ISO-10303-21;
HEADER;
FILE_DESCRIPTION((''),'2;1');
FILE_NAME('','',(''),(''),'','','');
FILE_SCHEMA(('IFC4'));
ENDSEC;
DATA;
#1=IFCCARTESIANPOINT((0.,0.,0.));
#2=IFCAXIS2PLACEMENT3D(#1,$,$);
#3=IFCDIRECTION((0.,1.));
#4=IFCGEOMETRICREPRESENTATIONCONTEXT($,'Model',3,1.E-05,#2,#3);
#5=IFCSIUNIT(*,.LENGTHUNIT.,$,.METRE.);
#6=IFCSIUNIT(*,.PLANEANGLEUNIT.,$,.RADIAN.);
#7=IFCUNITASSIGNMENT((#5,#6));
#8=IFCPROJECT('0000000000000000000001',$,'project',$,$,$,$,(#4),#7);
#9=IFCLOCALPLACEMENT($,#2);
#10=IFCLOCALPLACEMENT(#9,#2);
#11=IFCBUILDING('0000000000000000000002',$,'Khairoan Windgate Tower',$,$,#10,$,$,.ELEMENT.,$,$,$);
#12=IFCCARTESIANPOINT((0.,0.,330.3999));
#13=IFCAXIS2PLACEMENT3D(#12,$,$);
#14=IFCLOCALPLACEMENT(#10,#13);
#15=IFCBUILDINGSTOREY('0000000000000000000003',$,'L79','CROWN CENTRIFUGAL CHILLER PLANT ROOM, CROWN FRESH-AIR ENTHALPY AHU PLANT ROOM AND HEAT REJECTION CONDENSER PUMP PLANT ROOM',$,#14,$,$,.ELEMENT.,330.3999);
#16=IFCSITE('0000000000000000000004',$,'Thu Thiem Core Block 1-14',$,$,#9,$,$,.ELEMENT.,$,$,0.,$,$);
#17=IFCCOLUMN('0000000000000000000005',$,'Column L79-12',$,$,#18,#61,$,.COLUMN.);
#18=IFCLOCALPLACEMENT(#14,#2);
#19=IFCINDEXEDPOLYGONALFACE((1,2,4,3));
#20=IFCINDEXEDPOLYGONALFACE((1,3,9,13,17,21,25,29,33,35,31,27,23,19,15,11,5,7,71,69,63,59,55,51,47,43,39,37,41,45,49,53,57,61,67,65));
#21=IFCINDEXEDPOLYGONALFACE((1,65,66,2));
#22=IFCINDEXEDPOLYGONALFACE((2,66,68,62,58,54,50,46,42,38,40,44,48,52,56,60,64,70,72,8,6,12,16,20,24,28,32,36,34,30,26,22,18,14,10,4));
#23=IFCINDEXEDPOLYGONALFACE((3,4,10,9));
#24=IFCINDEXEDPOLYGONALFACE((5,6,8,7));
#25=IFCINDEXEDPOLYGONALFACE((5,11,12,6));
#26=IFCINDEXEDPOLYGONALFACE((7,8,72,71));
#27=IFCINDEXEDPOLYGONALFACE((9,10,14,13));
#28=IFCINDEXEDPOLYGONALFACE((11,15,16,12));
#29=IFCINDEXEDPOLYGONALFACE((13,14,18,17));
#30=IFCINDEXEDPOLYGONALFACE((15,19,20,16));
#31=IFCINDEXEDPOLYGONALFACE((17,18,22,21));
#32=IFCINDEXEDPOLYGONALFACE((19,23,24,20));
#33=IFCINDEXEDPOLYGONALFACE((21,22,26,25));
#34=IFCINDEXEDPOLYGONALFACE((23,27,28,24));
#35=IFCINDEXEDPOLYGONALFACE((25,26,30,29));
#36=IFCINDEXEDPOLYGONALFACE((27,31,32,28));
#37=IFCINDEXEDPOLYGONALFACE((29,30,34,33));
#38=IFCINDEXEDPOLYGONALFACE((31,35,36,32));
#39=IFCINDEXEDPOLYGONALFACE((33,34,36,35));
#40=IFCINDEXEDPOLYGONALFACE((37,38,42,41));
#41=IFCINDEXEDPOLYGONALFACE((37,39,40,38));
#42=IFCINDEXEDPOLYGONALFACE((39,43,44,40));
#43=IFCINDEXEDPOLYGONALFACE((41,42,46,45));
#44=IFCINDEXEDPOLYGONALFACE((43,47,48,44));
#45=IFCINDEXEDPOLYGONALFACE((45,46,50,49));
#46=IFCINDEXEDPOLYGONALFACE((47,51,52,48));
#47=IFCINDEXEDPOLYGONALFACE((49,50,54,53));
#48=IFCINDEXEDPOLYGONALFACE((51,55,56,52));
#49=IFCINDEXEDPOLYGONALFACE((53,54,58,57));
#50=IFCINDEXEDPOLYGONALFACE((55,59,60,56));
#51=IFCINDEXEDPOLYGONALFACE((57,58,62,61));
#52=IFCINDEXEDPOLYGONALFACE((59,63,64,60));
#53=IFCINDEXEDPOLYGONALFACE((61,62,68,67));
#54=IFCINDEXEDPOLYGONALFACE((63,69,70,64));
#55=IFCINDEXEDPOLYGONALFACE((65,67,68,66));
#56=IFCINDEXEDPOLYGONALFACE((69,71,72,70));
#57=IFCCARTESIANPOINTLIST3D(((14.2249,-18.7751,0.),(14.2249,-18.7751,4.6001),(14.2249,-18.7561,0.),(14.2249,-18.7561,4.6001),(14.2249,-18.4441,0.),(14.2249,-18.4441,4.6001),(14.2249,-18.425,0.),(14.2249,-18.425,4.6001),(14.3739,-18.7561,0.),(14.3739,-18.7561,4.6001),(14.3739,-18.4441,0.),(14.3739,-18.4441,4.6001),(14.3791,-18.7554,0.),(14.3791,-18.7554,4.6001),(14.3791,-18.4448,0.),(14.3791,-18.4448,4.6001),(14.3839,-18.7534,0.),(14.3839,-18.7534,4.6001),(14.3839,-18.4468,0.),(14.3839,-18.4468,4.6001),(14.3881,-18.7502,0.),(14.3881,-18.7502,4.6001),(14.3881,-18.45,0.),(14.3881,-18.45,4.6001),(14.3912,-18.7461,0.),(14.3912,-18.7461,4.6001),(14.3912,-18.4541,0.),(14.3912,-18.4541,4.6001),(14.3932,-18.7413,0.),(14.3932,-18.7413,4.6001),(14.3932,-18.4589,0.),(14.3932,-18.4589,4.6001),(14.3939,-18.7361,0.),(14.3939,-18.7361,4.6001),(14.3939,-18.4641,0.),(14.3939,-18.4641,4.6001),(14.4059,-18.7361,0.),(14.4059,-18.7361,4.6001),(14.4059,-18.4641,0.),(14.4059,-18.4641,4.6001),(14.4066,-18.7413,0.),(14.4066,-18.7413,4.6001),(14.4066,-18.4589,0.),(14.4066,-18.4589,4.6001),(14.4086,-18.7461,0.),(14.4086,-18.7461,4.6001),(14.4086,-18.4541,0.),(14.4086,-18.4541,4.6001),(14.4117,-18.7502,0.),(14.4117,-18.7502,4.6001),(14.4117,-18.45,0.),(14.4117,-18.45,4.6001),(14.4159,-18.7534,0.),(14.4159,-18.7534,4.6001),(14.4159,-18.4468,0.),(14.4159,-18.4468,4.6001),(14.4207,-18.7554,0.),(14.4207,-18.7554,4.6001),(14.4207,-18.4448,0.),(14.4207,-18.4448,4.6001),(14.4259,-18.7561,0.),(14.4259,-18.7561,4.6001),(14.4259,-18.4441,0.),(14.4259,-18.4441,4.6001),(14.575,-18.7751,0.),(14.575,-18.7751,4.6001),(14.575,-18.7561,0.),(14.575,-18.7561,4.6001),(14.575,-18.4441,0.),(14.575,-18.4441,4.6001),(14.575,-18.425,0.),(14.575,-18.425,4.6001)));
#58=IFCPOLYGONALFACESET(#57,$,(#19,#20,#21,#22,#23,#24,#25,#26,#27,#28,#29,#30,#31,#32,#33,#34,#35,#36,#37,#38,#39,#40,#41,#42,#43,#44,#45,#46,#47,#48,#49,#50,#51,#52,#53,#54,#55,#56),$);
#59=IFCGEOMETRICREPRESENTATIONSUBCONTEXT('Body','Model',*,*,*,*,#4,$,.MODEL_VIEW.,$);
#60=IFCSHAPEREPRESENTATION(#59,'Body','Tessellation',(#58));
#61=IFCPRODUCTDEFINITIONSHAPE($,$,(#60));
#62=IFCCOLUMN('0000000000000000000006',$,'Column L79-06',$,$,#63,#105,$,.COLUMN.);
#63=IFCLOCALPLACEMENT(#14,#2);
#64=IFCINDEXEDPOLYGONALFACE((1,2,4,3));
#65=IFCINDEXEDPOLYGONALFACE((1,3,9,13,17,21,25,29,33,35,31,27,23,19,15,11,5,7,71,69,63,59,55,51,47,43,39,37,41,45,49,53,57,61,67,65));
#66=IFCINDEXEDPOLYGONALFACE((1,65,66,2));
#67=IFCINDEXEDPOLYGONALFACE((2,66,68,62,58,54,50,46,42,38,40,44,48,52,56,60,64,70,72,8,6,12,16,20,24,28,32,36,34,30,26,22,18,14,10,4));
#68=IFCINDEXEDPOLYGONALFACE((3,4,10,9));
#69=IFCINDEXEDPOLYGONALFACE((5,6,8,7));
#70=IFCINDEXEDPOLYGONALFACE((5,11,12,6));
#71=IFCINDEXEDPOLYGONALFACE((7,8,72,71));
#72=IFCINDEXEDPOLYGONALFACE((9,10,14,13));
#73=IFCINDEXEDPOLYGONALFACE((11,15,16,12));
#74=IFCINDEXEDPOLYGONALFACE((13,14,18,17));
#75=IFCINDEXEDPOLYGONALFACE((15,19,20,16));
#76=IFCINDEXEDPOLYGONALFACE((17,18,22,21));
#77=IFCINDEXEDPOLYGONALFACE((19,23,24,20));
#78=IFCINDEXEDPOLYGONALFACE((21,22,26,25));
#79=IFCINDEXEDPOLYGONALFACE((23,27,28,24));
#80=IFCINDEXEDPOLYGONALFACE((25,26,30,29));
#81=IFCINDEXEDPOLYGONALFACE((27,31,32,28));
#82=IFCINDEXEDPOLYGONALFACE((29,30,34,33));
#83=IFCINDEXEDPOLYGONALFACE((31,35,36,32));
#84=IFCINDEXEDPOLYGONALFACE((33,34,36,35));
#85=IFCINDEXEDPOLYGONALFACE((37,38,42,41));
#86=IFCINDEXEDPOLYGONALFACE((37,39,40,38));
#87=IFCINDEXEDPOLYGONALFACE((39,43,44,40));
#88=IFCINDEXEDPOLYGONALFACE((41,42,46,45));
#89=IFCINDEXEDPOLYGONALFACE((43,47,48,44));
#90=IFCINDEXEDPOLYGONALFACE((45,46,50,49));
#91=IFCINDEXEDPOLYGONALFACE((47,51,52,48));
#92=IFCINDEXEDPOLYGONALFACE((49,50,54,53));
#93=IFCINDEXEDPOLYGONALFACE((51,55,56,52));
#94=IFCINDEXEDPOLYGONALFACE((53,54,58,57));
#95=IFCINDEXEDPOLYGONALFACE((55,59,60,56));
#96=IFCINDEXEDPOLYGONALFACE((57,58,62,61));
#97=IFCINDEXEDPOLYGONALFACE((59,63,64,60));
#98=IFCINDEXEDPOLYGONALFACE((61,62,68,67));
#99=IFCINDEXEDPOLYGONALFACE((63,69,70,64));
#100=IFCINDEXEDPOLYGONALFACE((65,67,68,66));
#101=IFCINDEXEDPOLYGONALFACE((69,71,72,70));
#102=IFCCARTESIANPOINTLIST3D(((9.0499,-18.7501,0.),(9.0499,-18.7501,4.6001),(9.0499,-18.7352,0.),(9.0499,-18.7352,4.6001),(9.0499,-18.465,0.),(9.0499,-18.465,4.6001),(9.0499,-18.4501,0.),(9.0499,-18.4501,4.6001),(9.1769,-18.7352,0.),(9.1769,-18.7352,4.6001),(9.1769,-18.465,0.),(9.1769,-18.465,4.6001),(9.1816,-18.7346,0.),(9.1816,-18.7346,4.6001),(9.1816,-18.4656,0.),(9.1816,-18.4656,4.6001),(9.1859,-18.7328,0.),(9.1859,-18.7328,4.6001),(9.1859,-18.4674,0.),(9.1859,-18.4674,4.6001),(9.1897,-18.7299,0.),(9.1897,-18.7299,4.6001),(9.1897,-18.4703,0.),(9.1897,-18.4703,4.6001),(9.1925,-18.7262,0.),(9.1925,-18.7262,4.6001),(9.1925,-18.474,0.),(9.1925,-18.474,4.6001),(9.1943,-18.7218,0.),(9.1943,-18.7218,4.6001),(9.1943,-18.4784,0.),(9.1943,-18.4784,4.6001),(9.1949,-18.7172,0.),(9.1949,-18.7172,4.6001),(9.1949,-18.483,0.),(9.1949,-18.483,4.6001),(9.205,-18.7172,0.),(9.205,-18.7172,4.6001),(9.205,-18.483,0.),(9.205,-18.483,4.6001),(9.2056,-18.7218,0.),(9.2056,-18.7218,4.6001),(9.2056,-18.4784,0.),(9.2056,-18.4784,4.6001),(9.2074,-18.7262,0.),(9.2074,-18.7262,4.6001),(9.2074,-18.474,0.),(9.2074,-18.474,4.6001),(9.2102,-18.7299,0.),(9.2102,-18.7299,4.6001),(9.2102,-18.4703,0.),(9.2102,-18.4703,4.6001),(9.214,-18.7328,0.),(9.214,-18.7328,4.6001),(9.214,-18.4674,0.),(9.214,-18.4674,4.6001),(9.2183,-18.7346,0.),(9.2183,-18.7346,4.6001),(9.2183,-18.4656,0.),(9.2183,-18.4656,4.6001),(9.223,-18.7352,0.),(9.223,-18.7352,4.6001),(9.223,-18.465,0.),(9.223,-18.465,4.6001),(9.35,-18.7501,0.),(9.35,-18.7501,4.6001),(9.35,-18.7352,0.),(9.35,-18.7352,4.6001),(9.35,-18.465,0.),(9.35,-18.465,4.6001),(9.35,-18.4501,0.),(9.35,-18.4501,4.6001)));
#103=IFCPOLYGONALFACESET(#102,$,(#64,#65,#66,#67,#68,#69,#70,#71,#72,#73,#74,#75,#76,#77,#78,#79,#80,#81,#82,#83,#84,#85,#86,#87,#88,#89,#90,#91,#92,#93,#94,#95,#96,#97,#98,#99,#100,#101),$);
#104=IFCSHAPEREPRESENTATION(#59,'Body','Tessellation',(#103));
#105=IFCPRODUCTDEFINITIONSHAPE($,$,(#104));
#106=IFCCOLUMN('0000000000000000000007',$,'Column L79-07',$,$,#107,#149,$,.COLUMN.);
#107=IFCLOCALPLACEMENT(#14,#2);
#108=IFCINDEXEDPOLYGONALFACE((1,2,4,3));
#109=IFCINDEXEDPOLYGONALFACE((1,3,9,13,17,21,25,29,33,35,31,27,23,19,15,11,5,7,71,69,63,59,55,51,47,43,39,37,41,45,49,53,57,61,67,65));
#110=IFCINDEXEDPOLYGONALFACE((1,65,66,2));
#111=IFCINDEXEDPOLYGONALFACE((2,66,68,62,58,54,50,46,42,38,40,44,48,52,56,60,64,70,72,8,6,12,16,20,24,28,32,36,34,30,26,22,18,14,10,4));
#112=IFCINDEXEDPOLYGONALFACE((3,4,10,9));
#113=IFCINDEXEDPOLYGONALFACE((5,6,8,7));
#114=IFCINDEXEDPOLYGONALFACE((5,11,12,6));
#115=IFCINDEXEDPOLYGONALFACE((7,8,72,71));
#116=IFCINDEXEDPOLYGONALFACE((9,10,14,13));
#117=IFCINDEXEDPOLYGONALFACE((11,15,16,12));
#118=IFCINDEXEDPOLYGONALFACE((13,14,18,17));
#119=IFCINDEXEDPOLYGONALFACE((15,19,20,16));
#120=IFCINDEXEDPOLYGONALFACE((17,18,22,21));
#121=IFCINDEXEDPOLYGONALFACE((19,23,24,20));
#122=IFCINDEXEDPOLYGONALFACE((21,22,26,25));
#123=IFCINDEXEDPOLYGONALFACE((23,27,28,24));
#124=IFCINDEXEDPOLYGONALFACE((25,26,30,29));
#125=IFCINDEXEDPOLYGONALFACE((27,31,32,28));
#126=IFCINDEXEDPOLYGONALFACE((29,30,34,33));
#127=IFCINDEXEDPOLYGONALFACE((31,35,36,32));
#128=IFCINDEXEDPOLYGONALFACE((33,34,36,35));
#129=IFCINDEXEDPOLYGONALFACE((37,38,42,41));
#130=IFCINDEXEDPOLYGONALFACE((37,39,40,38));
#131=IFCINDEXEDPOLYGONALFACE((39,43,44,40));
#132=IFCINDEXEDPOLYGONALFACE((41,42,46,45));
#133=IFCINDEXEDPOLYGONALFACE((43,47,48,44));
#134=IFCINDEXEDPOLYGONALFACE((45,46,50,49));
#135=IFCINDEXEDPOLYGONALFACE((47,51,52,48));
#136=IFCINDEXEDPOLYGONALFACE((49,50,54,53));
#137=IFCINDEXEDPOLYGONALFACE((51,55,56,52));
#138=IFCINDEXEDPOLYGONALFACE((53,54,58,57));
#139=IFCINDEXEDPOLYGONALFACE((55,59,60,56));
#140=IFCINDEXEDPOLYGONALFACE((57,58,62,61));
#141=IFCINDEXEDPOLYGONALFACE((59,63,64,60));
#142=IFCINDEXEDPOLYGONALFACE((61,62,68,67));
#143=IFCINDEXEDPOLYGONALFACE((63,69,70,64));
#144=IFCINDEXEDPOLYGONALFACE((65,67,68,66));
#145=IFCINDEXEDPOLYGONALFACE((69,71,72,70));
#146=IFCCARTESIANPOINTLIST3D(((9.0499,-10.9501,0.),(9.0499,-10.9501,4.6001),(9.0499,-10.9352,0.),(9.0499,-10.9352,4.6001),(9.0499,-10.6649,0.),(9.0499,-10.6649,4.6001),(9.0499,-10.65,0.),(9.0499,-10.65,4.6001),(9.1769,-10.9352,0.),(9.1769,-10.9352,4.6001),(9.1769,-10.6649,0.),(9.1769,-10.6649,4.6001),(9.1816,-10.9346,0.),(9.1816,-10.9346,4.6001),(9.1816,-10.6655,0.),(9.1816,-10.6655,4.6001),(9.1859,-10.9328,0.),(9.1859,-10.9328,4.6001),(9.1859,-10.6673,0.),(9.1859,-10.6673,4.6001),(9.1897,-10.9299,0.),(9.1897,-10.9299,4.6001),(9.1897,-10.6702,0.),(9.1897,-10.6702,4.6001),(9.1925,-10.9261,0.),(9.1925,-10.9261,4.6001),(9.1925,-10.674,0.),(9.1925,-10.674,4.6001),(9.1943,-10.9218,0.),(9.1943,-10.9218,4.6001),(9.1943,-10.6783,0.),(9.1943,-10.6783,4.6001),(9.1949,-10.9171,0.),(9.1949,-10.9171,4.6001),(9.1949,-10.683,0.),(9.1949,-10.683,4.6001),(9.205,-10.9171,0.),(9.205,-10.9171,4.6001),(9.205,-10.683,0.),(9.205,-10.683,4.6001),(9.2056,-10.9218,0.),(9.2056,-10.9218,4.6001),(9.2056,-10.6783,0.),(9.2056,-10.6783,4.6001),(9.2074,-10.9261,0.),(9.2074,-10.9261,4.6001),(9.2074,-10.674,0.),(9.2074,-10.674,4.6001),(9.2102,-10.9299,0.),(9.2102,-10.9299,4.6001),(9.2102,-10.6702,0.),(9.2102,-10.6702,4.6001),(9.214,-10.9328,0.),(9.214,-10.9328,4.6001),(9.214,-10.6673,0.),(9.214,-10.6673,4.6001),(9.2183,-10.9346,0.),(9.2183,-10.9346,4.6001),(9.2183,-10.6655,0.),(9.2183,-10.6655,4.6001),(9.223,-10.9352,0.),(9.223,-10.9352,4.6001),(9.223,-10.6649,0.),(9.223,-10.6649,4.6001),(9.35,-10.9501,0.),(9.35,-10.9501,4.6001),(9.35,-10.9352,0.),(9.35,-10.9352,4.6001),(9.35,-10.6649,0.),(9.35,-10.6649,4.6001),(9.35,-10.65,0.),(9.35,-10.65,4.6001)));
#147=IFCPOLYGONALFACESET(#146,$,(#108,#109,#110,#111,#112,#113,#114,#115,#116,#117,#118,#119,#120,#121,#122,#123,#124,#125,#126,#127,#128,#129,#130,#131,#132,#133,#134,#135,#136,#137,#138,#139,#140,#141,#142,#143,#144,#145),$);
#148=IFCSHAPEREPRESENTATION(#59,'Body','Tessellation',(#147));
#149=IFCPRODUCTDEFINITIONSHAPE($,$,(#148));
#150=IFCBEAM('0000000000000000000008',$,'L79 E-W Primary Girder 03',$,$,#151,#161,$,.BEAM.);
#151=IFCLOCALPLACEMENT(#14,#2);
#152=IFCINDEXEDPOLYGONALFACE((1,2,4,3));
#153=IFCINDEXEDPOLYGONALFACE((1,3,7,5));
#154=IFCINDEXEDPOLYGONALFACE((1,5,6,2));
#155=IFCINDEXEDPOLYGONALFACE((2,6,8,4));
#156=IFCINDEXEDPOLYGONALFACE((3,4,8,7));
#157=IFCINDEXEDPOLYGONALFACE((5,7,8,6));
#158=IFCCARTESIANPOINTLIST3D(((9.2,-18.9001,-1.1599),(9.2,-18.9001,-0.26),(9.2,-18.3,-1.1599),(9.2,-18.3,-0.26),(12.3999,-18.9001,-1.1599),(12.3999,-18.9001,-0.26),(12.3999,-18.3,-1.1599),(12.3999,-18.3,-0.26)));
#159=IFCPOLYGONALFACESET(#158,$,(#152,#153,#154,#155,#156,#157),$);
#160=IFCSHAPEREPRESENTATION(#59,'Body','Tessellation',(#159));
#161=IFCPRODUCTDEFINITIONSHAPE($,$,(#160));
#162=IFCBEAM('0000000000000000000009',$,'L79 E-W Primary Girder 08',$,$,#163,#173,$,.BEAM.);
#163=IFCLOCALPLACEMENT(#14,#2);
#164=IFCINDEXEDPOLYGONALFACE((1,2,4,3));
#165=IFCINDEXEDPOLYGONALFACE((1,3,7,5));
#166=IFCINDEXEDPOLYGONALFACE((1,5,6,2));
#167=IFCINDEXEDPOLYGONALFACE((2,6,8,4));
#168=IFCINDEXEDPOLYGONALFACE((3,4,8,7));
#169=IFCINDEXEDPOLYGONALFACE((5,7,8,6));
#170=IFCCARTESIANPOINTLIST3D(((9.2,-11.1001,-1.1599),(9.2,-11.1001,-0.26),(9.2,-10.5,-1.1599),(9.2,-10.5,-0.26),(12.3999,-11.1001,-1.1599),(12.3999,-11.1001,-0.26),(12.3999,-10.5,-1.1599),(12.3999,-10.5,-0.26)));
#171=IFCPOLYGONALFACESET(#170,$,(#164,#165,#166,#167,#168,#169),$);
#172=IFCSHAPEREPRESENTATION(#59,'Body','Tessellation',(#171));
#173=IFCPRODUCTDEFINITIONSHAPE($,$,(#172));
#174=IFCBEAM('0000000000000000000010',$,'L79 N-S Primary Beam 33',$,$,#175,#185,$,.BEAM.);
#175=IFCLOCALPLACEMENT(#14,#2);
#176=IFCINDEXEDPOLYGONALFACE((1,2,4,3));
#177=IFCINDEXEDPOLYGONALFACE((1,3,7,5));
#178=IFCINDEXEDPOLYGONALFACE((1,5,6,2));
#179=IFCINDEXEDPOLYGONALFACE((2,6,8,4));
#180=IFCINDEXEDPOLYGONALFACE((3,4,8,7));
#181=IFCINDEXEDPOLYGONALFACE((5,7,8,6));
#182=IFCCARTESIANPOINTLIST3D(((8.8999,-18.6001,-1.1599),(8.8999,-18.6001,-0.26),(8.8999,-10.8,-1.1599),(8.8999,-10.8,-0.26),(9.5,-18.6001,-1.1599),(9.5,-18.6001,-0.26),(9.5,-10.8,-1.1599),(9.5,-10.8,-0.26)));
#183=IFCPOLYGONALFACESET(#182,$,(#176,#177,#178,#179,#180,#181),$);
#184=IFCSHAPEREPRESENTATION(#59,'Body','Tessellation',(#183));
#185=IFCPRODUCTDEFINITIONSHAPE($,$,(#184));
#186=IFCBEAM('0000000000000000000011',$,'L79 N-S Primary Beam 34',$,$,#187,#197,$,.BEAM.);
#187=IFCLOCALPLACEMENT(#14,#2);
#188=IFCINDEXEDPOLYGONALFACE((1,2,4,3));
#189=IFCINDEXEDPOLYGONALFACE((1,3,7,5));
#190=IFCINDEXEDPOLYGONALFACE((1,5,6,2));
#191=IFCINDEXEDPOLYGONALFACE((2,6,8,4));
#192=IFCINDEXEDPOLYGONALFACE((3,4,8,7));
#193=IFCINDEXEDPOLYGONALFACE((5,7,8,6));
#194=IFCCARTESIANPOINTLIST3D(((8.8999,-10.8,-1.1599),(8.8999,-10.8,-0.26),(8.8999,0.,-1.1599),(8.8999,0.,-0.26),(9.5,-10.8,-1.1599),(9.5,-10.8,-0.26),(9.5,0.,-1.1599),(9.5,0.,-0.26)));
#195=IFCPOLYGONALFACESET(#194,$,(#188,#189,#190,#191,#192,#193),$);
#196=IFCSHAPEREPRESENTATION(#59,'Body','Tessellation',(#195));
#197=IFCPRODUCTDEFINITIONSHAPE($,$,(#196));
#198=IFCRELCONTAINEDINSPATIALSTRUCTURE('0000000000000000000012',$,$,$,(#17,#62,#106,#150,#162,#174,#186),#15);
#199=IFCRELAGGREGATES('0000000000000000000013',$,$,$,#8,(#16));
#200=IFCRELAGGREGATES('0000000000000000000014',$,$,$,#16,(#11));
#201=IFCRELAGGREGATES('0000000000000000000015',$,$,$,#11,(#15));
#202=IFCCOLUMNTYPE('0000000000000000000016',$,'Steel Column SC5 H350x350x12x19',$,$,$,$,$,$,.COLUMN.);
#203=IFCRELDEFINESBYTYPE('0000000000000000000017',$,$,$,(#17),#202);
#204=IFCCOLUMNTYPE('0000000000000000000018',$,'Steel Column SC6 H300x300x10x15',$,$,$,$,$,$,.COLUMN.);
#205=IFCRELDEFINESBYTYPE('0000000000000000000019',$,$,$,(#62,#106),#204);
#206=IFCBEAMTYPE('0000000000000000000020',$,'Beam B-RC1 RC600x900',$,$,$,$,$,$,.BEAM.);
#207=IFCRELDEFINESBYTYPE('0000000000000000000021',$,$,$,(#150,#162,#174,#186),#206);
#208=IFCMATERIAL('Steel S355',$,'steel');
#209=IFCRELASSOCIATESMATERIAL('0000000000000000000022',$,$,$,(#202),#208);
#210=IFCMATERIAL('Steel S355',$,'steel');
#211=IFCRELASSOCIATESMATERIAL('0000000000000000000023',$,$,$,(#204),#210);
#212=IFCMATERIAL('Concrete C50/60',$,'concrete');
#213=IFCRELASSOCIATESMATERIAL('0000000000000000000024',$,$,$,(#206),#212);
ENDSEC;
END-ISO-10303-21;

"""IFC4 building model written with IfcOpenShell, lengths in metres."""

from ifc_helpers import new_model, si_unit, direction, frame, origin, origin_2d, place, context, subcontext, project, spatial, rectangle, i_section, extrude, material, material_profile, profile_set, type_object, element, save


model = new_model("IFC4")

# Units and contexts
model_context = context("Model", 3, precision=1e-05, world=origin(), true_north=direction((0.0, 1.0)))
body_context = subcontext(model_context, "Body", "Model", "MODEL_VIEW")
ifc_project = project(units=[si_unit("LENGTHUNIT", "METRE"), si_unit("PLANEANGLEUNIT", "RADIAN")], contexts=[model_context])

# Site, building, storey
site_placement = place(None, origin())
site = spatial("IfcSite", under=ifc_project, at=site_placement, Name="Thu Thiem Core Block 1-14", CompositionType="ELEMENT", RefElevation=0.0)
building_placement = place(site_placement, origin())
building = spatial("IfcBuilding", under=site, at=building_placement, Name="Khairoan Windgate Tower", CompositionType="ELEMENT")
storey_placement = place(building_placement, frame((0.0, 0.0, 330.3999)))
storey = spatial("IfcBuildingStorey", under=building, at=storey_placement, Name="L79", Description="CROWN CENTRIFUGAL CHILLER PLANT ROOM, CROWN FRESH-AIR ENTHALPY AHU PLANT ROOM AND HEAT REJECTION CONDENSER PUMP PLANT ROOM", CompositionType="ELEMENT", Elevation=330.3999)

# Columns
ifc_material_1 = material(Name="Steel S355", Category="steel")
ifc_material_profile_1 = material_profile(ifc_material_1, i_section(OverallWidth=0.3501, OverallDepth=0.3501, WebThickness=0.012, FlangeThickness=0.019, FilletRadius=0.02, at=origin_2d()))
ifc_profile_set_1 = profile_set([ifc_material_profile_1], Name="Steel S355")
column_type_1 = type_object("IfcColumnType", Name="Steel Column SC5 H350x350x12x19", PredefinedType="COLUMN", material=ifc_profile_set_1)
column_placement = place(storey_placement, frame((14.3999, -18.6001, 0.0), z_axis=(0.0, 0.0, 1.0), x_axis=(1.0, 0.0, 0.0)))
element("IfcColumn", 1, at=column_placement, inside=storey, type_object=column_type_1, Name="Column L79-12", PredefinedType="COLUMN", context=body_context, shape_type="SweptSolid", body=[
    extrude(i_section(OverallWidth=0.3501, OverallDepth=0.3501, WebThickness=0.012, FlangeThickness=0.019, FilletRadius=0.02, at=origin_2d()), origin(), (0.0, 0.0, 1.0), 4.6001),
])
ifc_material_2 = material(Name="Steel S355", Category="steel")
ifc_material_profile_2 = material_profile(ifc_material_2, i_section(OverallWidth=0.3, OverallDepth=0.3, WebThickness=0.01, FlangeThickness=0.0149, FilletRadius=0.0181, at=origin_2d()))
ifc_profile_set_2 = profile_set([ifc_material_profile_2], Name="Steel S355")
column_type_2 = type_object("IfcColumnType", Name="Steel Column SC6 H300x300x10x15", PredefinedType="COLUMN", material=ifc_profile_set_2)
for number, where, z_axis, x_axis, name in (
    (2, (9.2, -18.6001, 0.0), (0.0, 0.0, 1.0), (1.0, 0.0, 0.0), "Column L79-06"),
    (3, (9.2, -10.8, 0.0), (0.0, 0.0, 1.0), (1.0, 0.0, 0.0), "Column L79-07"),
):
    element("IfcColumn", number, at=place(storey_placement, frame(where, z_axis=z_axis, x_axis=x_axis)), inside=storey, type_object=column_type_2, Name=name, PredefinedType="COLUMN", context=body_context, shape_type="SweptSolid", body=[
        extrude(i_section(OverallWidth=0.3, OverallDepth=0.3, WebThickness=0.01, FlangeThickness=0.0149, FilletRadius=0.0181, at=origin_2d()), origin(), (0.0, 0.0, 1.0), 4.6001),
    ])

# Beams
ifc_material_3 = material(Name="Concrete C50/60", Category="concrete")
ifc_material_profile_3 = material_profile(ifc_material_3, rectangle(XDim=0.6001, YDim=0.8999, at=origin_2d()))
ifc_profile_set_3 = profile_set([ifc_material_profile_3], Name="Concrete C50/60")
beam_type_1 = type_object("IfcBeamType", Name="Beam B-RC1 RC600x900", PredefinedType="BEAM", material=ifc_profile_set_3)
for number, where, z_axis, x_axis, name in (
    (4, (9.2, -18.6001, -0.71), (1.0, 0.0, 0.0), (0.0, 1.0, 0.0), "L79 E-W Primary Girder 03"),
    (5, (9.2, -10.8, -0.71), (1.0, 0.0, 0.0), (0.0, 1.0, 0.0), "L79 E-W Primary Girder 08"),
):
    element("IfcBeam", number, at=place(storey_placement, frame(where, z_axis=z_axis, x_axis=x_axis)), inside=storey, type_object=beam_type_1, Name=name, PredefinedType="BEAM", context=body_context, shape_type="SweptSolid", body=[
        extrude(rectangle(XDim=0.6001, YDim=0.8999, at=origin_2d()), origin(), (0.0, 0.0, 1.0), 3.2),
    ])
beam_1_placement = place(storey_placement, frame((9.2, -18.6001, -0.71), z_axis=(0.0, 1.0, 0.0), x_axis=(-1.0, 0.0, 0.0)))
element("IfcBeam", 6, at=beam_1_placement, inside=storey, type_object=beam_type_1, Name="L79 N-S Primary Beam 33", PredefinedType="BEAM", context=body_context, shape_type="SweptSolid", body=[
    extrude(rectangle(XDim=0.6001, YDim=0.8999, at=origin_2d()), origin(), (0.0, 0.0, 1.0), 7.8),
])
beam_2_placement = place(storey_placement, frame((9.2, -10.8, -0.71), z_axis=(0.0, 1.0, 0.0), x_axis=(-1.0, 0.0, 0.0)))
element("IfcBeam", 7, at=beam_2_placement, inside=storey, type_object=beam_type_1, Name="L79 N-S Primary Beam 34", PredefinedType="BEAM", context=body_context, shape_type="SweptSolid", body=[
    extrude(rectangle(XDim=0.6001, YDim=0.8999, at=origin_2d()), origin(), (0.0, 0.0, 1.0), 10.8),
])

save(model, "model.ifc")
